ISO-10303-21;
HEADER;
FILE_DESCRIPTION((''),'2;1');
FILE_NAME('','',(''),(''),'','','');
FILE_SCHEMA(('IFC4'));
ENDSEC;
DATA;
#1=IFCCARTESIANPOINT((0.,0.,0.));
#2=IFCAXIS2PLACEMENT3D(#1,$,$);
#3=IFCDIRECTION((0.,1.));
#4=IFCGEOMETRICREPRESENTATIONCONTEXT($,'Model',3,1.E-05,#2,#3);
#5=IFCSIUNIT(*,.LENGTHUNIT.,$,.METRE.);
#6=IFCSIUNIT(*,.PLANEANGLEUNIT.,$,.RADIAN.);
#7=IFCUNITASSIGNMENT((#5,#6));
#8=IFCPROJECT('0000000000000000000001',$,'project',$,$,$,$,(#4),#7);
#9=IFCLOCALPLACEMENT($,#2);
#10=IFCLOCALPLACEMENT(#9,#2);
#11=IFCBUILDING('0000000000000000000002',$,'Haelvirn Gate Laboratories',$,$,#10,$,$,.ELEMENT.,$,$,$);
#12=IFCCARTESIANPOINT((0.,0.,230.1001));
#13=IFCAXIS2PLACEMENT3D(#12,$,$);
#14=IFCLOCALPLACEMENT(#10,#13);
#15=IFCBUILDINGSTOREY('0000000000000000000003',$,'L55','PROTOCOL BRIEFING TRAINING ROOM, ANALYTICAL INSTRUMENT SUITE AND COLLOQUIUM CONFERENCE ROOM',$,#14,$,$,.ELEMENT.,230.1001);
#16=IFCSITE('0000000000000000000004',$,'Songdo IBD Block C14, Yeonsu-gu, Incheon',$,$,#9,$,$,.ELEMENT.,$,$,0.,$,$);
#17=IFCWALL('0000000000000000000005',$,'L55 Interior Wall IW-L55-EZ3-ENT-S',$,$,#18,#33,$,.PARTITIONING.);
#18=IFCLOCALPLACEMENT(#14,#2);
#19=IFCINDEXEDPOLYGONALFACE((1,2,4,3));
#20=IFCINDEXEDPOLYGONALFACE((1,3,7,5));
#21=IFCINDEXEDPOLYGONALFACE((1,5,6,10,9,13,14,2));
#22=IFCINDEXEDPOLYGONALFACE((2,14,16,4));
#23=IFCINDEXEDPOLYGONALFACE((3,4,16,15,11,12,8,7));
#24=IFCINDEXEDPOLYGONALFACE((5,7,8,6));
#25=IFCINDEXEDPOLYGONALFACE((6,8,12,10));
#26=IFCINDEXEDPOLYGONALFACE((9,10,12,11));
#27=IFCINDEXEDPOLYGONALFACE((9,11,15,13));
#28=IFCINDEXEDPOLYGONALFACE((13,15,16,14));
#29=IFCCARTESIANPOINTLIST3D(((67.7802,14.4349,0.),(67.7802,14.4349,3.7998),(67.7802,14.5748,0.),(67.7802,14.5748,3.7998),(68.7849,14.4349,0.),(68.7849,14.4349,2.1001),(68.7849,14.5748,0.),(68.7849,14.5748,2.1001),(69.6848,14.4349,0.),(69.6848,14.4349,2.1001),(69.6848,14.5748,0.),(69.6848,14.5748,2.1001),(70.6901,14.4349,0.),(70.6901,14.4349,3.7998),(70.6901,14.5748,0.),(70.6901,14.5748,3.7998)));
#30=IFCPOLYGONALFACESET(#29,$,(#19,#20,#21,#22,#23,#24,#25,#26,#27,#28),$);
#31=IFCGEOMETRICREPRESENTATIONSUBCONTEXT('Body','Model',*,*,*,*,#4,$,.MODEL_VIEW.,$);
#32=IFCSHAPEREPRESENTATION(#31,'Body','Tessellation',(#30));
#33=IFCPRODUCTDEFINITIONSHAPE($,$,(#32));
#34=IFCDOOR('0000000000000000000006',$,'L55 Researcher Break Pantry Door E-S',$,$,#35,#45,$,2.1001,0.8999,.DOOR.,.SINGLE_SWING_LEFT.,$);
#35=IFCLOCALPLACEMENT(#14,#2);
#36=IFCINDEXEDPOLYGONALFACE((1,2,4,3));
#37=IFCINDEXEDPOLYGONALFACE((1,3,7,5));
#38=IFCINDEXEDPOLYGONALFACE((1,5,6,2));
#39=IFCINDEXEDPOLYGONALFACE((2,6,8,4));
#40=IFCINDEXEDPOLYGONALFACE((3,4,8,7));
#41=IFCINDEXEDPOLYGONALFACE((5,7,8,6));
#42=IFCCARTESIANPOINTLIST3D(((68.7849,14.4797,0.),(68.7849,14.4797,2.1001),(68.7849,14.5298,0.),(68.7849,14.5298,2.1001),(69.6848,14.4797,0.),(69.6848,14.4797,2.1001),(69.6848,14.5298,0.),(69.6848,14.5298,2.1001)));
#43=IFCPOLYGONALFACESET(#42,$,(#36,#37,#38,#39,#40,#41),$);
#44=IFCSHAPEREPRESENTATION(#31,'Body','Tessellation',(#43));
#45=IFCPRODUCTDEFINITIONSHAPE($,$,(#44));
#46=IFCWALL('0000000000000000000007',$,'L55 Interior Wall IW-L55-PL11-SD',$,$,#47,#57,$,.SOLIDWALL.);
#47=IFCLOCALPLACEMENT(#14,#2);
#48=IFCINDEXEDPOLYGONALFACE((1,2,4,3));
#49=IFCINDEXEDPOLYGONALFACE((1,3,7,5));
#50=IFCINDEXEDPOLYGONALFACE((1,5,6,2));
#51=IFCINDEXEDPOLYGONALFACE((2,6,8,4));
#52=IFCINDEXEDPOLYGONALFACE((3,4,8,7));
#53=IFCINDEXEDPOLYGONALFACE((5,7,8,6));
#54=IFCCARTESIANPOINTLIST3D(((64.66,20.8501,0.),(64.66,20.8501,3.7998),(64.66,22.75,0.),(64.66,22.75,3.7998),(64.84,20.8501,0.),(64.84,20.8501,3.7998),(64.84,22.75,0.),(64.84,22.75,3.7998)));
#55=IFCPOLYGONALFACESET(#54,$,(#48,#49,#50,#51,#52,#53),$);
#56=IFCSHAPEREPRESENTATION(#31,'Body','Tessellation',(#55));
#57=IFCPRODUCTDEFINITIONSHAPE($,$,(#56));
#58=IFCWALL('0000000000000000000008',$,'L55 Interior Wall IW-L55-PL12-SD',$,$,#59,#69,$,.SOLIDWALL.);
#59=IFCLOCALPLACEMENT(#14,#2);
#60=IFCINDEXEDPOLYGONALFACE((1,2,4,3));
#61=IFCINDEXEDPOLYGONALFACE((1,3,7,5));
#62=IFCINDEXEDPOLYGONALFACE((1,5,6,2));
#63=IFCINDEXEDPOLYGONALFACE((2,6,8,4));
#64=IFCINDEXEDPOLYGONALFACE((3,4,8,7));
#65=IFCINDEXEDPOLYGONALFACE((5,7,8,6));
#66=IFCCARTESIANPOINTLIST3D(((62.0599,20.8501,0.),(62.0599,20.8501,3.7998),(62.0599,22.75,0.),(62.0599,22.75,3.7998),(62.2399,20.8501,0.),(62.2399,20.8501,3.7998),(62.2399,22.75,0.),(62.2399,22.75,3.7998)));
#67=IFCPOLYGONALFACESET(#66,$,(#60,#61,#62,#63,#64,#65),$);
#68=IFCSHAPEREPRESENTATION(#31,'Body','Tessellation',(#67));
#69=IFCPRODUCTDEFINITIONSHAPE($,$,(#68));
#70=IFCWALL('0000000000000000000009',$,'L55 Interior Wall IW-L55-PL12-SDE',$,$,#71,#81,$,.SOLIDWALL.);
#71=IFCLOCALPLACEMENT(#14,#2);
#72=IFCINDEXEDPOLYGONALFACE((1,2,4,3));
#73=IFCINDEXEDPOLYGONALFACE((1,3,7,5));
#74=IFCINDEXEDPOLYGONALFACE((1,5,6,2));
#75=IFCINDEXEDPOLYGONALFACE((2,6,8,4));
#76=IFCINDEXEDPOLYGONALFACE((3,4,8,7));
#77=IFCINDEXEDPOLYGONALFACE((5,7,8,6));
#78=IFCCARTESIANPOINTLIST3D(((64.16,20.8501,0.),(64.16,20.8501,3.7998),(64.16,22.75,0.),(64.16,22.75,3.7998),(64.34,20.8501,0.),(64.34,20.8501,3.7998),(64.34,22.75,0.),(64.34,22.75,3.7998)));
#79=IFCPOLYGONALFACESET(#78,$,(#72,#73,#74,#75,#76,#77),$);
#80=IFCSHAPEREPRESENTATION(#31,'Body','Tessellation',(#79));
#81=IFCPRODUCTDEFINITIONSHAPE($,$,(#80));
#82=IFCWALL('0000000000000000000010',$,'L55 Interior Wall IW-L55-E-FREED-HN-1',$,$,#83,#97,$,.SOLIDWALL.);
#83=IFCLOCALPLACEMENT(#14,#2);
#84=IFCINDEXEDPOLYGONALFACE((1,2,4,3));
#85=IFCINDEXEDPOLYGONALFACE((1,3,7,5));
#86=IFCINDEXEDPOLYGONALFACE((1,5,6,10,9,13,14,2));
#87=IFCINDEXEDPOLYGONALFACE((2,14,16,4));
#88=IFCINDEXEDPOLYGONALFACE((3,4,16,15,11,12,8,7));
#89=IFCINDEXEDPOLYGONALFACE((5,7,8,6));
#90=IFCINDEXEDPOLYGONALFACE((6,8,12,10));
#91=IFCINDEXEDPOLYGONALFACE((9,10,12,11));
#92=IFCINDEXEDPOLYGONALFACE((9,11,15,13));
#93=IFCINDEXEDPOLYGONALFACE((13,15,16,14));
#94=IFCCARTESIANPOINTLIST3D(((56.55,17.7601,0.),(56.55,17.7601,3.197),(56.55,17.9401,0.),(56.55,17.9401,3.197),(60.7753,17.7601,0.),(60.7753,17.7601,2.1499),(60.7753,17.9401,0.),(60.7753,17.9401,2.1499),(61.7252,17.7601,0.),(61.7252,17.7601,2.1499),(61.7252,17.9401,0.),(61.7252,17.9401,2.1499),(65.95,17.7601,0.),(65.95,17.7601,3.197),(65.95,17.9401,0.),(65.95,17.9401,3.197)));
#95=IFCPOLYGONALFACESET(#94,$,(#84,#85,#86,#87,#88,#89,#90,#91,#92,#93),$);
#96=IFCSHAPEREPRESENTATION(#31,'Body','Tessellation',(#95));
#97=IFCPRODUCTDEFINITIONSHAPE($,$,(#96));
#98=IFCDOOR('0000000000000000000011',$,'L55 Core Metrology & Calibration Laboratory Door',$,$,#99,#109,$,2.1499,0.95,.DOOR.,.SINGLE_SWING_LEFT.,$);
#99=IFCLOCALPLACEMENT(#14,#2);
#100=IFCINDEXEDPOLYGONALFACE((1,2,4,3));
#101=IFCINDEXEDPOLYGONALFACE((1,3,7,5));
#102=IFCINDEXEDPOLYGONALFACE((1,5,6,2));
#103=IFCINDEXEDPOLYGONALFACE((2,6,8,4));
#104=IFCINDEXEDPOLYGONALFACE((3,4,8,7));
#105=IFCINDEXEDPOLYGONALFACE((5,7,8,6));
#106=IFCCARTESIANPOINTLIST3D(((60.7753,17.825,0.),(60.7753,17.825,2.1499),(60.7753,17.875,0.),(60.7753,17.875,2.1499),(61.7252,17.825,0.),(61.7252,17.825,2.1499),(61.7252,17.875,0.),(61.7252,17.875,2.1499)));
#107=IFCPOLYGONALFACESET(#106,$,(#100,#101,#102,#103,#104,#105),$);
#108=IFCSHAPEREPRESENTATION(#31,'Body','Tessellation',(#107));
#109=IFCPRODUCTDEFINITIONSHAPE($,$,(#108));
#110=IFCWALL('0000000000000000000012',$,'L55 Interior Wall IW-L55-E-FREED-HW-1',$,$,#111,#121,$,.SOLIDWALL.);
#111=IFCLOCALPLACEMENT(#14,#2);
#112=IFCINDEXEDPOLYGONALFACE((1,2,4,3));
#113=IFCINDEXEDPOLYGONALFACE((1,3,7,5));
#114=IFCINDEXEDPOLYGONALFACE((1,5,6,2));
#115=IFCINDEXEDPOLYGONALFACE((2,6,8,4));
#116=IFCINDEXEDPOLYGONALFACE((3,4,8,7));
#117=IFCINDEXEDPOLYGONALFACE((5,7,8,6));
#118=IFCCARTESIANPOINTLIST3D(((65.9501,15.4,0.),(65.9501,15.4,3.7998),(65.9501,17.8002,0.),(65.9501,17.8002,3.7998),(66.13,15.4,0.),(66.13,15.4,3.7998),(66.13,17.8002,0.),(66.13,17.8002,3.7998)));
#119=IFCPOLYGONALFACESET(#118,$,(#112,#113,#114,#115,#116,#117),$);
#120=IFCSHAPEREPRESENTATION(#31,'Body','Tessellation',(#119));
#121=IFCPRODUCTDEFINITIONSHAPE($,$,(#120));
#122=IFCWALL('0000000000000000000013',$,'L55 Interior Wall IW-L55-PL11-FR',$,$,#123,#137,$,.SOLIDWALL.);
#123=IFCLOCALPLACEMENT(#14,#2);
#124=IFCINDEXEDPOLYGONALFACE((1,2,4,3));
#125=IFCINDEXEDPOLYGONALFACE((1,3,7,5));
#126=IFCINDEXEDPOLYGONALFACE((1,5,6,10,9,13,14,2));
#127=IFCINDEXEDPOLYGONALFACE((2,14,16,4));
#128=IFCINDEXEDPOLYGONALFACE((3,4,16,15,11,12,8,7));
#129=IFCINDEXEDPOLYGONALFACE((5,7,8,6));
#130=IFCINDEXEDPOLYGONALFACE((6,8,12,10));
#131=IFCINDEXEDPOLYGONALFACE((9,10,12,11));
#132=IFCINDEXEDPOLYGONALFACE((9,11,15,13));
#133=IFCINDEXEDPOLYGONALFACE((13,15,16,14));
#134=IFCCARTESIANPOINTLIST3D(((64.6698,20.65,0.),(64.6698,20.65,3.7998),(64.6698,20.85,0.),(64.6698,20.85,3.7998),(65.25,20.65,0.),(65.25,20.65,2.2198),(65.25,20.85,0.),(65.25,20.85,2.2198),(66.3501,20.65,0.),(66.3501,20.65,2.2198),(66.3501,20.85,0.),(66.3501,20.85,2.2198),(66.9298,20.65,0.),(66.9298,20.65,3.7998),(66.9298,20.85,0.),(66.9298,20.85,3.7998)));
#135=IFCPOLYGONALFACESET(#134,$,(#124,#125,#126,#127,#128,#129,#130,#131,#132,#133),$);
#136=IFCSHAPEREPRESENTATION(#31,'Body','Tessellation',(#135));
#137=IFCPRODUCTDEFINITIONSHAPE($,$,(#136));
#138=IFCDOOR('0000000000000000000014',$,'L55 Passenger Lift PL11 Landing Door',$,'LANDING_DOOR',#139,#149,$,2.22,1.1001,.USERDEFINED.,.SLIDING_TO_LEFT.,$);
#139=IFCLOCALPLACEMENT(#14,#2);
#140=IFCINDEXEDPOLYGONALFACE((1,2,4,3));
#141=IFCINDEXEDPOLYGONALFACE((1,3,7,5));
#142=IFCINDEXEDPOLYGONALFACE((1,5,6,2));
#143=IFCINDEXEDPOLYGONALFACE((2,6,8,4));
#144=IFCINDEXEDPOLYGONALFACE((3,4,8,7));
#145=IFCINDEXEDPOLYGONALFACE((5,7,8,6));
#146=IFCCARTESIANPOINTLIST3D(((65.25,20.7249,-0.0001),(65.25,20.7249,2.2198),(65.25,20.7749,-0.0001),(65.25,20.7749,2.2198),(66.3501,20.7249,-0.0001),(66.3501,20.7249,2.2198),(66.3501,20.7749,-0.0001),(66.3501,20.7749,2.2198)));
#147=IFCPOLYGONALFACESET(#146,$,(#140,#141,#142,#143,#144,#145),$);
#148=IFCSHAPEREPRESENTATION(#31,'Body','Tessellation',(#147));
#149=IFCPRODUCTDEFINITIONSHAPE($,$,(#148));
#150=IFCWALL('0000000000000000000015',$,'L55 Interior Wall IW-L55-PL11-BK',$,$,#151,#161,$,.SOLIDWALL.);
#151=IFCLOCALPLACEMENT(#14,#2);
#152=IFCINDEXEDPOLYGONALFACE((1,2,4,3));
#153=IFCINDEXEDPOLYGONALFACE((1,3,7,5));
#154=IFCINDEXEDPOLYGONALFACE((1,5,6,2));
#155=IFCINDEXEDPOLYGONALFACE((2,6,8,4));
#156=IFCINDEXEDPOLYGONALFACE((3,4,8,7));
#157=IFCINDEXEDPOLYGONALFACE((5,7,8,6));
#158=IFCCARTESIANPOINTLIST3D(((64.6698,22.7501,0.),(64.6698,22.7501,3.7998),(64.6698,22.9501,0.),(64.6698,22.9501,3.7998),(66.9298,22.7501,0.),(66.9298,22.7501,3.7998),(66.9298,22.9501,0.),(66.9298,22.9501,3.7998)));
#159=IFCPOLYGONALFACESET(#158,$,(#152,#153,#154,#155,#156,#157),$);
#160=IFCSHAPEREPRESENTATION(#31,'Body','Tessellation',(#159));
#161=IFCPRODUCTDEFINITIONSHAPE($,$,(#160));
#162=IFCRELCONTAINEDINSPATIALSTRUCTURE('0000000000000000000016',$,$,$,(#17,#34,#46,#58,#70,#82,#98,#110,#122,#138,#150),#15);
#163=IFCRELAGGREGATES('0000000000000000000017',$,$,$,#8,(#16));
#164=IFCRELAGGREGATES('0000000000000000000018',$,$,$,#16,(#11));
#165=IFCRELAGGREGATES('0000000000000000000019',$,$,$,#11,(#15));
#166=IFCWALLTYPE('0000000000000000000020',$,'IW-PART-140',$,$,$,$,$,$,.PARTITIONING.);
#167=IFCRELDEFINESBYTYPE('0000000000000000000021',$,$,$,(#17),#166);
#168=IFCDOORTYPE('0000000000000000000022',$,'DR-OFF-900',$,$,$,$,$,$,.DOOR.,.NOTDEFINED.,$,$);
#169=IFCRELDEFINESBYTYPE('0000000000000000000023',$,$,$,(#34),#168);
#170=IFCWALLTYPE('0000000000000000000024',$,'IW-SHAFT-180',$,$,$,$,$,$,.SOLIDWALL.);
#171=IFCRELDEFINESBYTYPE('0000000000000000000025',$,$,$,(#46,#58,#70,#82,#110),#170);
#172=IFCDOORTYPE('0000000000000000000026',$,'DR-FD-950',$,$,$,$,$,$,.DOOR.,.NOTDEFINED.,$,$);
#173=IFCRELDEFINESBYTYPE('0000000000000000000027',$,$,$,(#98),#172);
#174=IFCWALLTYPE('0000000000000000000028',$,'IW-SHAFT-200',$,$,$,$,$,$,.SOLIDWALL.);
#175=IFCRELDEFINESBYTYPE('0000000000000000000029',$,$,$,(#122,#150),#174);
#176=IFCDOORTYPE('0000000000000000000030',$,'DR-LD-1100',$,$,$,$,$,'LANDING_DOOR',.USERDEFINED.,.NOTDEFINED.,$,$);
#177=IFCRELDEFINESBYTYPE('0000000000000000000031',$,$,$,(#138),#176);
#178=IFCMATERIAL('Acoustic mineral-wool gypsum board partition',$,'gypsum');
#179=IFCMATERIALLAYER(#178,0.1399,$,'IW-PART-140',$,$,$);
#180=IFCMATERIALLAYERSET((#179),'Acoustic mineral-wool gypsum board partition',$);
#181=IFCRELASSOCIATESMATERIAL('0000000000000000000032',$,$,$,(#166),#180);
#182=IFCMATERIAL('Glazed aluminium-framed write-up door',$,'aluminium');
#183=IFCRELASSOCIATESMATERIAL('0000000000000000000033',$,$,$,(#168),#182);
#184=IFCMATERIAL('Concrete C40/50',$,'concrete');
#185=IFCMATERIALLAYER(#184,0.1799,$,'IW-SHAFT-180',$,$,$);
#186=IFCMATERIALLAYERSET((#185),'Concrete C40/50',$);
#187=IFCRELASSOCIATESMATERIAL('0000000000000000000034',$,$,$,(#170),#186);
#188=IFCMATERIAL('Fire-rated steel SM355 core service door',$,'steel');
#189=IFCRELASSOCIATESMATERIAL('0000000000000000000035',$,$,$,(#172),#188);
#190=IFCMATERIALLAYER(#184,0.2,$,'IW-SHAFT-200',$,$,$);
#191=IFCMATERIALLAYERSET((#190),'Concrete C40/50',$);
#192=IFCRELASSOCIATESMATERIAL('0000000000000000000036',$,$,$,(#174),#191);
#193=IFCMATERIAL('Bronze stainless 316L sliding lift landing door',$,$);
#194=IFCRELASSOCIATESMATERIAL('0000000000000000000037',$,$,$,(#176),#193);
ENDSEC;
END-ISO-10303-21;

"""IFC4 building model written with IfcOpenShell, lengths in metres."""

from ifc_helpers import new_model, si_unit, direction, frame, frame_2d, origin, place, context, subcontext, project, spatial, rectangle, extrude, source, transform, mapped, material, layer, layer_set, type_object, type_shapes, element, fill, save


model = new_model("IFC4")

# Units and contexts
model_context = context("Model", 3, precision=1e-05, world=origin(), true_north=direction((0.0, 1.0)))
body_context = subcontext(model_context, "Body", "Model", "MODEL_VIEW")
ifc_project = project(units=[si_unit("LENGTHUNIT", "METRE"), si_unit("PLANEANGLEUNIT", "RADIAN")], contexts=[model_context])

# Site, building, storey
site_placement = place(None, origin())
site = spatial("IfcSite", under=ifc_project, at=site_placement, Name="Songdo IBD Block C14, Yeonsu-gu, Incheon", CompositionType="ELEMENT", RefElevation=0.0)
building_placement = place(site_placement, origin())
building = spatial("IfcBuilding", under=site, at=building_placement, Name="Haelvirn Gate Laboratories", CompositionType="ELEMENT")
storey_placement = place(building_placement, frame((0.0, 0.0, 230.1001)))
storey = spatial("IfcBuildingStorey", under=building, at=storey_placement, Name="L55", Description="PROTOCOL BRIEFING TRAINING ROOM, ANALYTICAL INSTRUMENT SUITE AND COLLOQUIUM CONFERENCE ROOM", CompositionType="ELEMENT", Elevation=230.1001)

# Wall, opening, door
ifc_material_1 = material(Name="Acoustic mineral-wool gypsum board partition", Category="gypsum")
ifc_layer_1 = layer(ifc_material_1, 0.1399, Name="IW-PART-140")
ifc_layer_set_1 = layer_set([ifc_layer_1], Name="Acoustic mineral-wool gypsum board partition")
wall_type_1 = type_object("IfcWallType", Name="IW-PART-140", PredefinedType="PARTITIONING", material=ifc_layer_set_1)
wall_1_placement = place(storey_placement, frame((67.78, 14.5049, 0.0), z_axis=(0.0, 0.0, 1.0), x_axis=(1.0, 0.0, 0.0)))
wall_1 = element("IfcWall", 1, at=wall_1_placement, inside=storey, type_object=wall_type_1, Name="L55 Interior Wall IW-L55-EZ3-ENT-S", PredefinedType="PARTITIONING", context=body_context, shape_type="SweptSolid", body=[
    extrude(rectangle(XDim=2.9099, YDim=0.1399, at=frame_2d((1.4551, 0.0))), origin(), (0.0, 0.0, 1.0), 3.7998),
])
opening_1_placement = place(wall_1_placement, frame((1.0049, 0.0, 0.0)))
opening_1 = element("IfcOpeningElement", 2, at=opening_1_placement, cuts=wall_1, PredefinedType="OPENING", context=body_context, shape_type="SweptSolid", body=[
    extrude(rectangle(XDim=0.8999, YDim=2.1001, at=frame_2d((0.45, 1.05))), frame((0.0, 0.0801, 0.0), z_axis=(0.0, -1.0, 0.0), x_axis=(1.0, 0.0, 0.0)), (0.0, 0.0, 1.0), 0.1599),
])
ifc_material_2 = material(Name="Glazed aluminium-framed write-up door", Category="aluminium")
door_type_1 = type_object("IfcDoorType", Name="DR-OFF-900", OperationType="NOTDEFINED", PredefinedType="DOOR", material=ifc_material_2)
shared_shape_1 = source(origin(), body_context, "Body", "SweptSolid", [
    extrude(rectangle(XDim=0.8999, YDim=2.1001, at=frame_2d((0.45, 1.05))), frame((0.0, 0.0249, 0.0), z_axis=(0.0, -1.0, 0.0), x_axis=(1.0, 0.0, 0.0)), (0.0, 0.0, 1.0), 0.05),
])
type_shapes(door_type_1, [shared_shape_1])
door_1_placement = place(opening_1_placement, origin())
door_1 = element("IfcDoor", 3, at=door_1_placement, inside=storey, type_object=door_type_1, Name="L55 Researcher Break Pantry Door E-S", OperationType="SINGLE_SWING_LEFT", OverallHeight=2.1001, OverallWidth=0.8999, PredefinedType="DOOR", context=body_context, shape_type="MappedRepresentation", body=[
    mapped(shared_shape_1, transform((0.0, 0.0, 0.0), scale=1.0)),
])
fill(opening_1, door_1)

# Walls
ifc_material_3 = material(Name="Concrete C40/50", Category="concrete")
ifc_layer_2 = layer(ifc_material_3, 0.1799, Name="IW-SHAFT-180")
ifc_layer_set_2 = layer_set([ifc_layer_2], Name="Concrete C40/50")
wall_type_2 = type_object("IfcWallType", Name="IW-SHAFT-180", PredefinedType="SOLIDWALL", material=ifc_layer_set_2)
for number, where, z_axis, x_axis, name in (
    (4, (64.75, 20.8501, 0.0), (0.0, 0.0, 1.0), (0.0, 1.0, 0.0), "L55 Interior Wall IW-L55-PL11-SD"),
    (5, (62.1499, 20.8501, 0.0), (0.0, 0.0, 1.0), (0.0, 1.0, 0.0), "L55 Interior Wall IW-L55-PL12-SD"),
    (6, (64.25, 20.8501, 0.0), (0.0, 0.0, 1.0), (0.0, 1.0, 0.0), "L55 Interior Wall IW-L55-PL12-SDE"),
):
    element("IfcWall", number, at=place(storey_placement, frame(where, z_axis=z_axis, x_axis=x_axis)), inside=storey, type_object=wall_type_2, Name=name, PredefinedType="SOLIDWALL", context=body_context, shape_type="SweptSolid", body=[
        extrude(rectangle(XDim=1.8999, YDim=0.1799, at=frame_2d((0.95, 0.0))), origin(), (0.0, 0.0, 1.0), 3.7998),
    ])

# Wall, opening, door
wall_2_placement = place(storey_placement, frame((56.55, 17.8501, 0.0), z_axis=(0.0, 0.0, 1.0), x_axis=(1.0, 0.0, 0.0)))
wall_2 = element("IfcWall", 7, at=wall_2_placement, inside=storey, type_object=wall_type_2, Name="L55 Interior Wall IW-L55-E-FREED-HN-1", PredefinedType="SOLIDWALL", context=body_context, shape_type="SweptSolid", body=[
    extrude(rectangle(XDim=9.3999, YDim=0.1799, at=frame_2d((4.7, 0.0))), origin(), (0.0, 0.0, 1.0), 3.197),
])
opening_2_placement = place(wall_2_placement, frame((4.2251, 0.0, 0.0)))
opening_2 = element("IfcOpeningElement", 8, at=opening_2_placement, cuts=wall_2, PredefinedType="OPENING", context=body_context, shape_type="SweptSolid", body=[
    extrude(rectangle(XDim=0.95, YDim=2.1499, at=frame_2d((0.4751, 1.075))), frame((0.0, 0.1001, 0.0), z_axis=(0.0, -1.0, 0.0), x_axis=(1.0, 0.0, 0.0)), (0.0, 0.0, 1.0), 0.2),
])
ifc_material_4 = material(Name="Fire-rated steel SM355 core service door", Category="steel")
door_type_2 = type_object("IfcDoorType", Name="DR-FD-950", OperationType="NOTDEFINED", PredefinedType="DOOR", material=ifc_material_4)
shared_shape_2 = source(origin(), body_context, "Body", "SweptSolid", [
    extrude(rectangle(XDim=0.95, YDim=2.1499, at=frame_2d((0.4751, 1.075))), frame((0.0, 0.0249, 0.0), z_axis=(0.0, -1.0, 0.0), x_axis=(1.0, 0.0, 0.0)), (0.0, 0.0, 1.0), 0.05),
])
type_shapes(door_type_2, [shared_shape_2])
door_2_placement = place(opening_2_placement, origin())
door_2 = element("IfcDoor", 9, at=door_2_placement, inside=storey, type_object=door_type_2, Name="L55 Core Metrology & Calibration Laboratory Door", OperationType="SINGLE_SWING_LEFT", OverallHeight=2.1499, OverallWidth=0.95, PredefinedType="DOOR", context=body_context, shape_type="MappedRepresentation", body=[
    mapped(shared_shape_2, transform((0.0, 0.0, 0.0), scale=1.0)),
])
fill(opening_2, door_2)

# Wall
wall_3_placement = place(storey_placement, frame((66.04, 15.3999, 0.0), z_axis=(0.0, 0.0, 1.0), x_axis=(0.0, 1.0, 0.0)))
element("IfcWall", 10, at=wall_3_placement, inside=storey, type_object=wall_type_2, Name="L55 Interior Wall IW-L55-E-FREED-HW-1", PredefinedType="SOLIDWALL", context=body_context, shape_type="SweptSolid", body=[
    extrude(rectangle(XDim=2.4001, YDim=0.1799, at=frame_2d((1.2002, 0.0))), origin(), (0.0, 0.0, 1.0), 3.7998),
])

# Wall, opening, door
ifc_layer_3 = layer(ifc_material_3, 0.2, Name="IW-SHAFT-200")
ifc_layer_set_3 = layer_set([ifc_layer_3], Name="Concrete C40/50")
wall_type_3 = type_object("IfcWallType", Name="IW-SHAFT-200", PredefinedType="SOLIDWALL", material=ifc_layer_set_3)
wall_4_placement = place(storey_placement, frame((64.6699, 20.75, 0.0), z_axis=(0.0, 0.0, 1.0), x_axis=(1.0, 0.0, 0.0)))
wall_4 = element("IfcWall", 11, at=wall_4_placement, inside=storey, type_object=wall_type_3, Name="L55 Interior Wall IW-L55-PL11-FR", PredefinedType="SOLIDWALL", context=body_context, shape_type="SweptSolid", body=[
    extrude(rectangle(XDim=2.26, YDim=0.2, at=frame_2d((1.1299, 0.0))), origin(), (0.0, 0.0, 1.0), 3.7998),
])
opening_3_placement = place(wall_4_placement, frame((0.5801, 0.0, 0.0)))
opening_3 = element("IfcOpeningElement", 12, at=opening_3_placement, cuts=wall_4, PredefinedType="OPENING", context=body_context, shape_type="SweptSolid", body=[
    extrude(rectangle(XDim=1.1001, YDim=2.22, at=frame_2d((0.55, 1.1099))), frame((0.0, 0.1099, 0.0), z_axis=(0.0, -1.0, 0.0), x_axis=(1.0, 0.0, 0.0)), (0.0, 0.0, 1.0), 0.22),
])
ifc_material_5 = material(Name="Bronze stainless 316L sliding lift landing door")
door_type_3 = type_object("IfcDoorType", Name="DR-LD-1100", ElementType="LANDING_DOOR", OperationType="NOTDEFINED", PredefinedType="USERDEFINED", material=ifc_material_5)
shared_shape_3 = source(origin(), body_context, "Body", "SweptSolid", [
    extrude(rectangle(XDim=1.1001, YDim=2.22, at=frame_2d((0.55, 1.1099))), frame((0.0, 0.0249, 0.0), z_axis=(0.0, -1.0, 0.0), x_axis=(1.0, 0.0, 0.0)), (0.0, 0.0, 1.0), 0.05),
])
type_shapes(door_type_3, [shared_shape_3])
door_3_placement = place(opening_3_placement, origin())
door_3 = element("IfcDoor", 13, at=door_3_placement, inside=storey, type_object=door_type_3, Name="L55 Passenger Lift PL11 Landing Door", ObjectType="LANDING_DOOR", OperationType="SLIDING_TO_LEFT", OverallHeight=2.22, OverallWidth=1.1001, PredefinedType="USERDEFINED", context=body_context, shape_type="MappedRepresentation", body=[
    mapped(shared_shape_3, transform((0.0, 0.0, 0.0), scale=1.0)),
])
fill(opening_3, door_3)

# Wall
wall_5_placement = place(storey_placement, frame((64.6699, 22.8501, 0.0), z_axis=(0.0, 0.0, 1.0), x_axis=(1.0, 0.0, 0.0)))
element("IfcWall", 14, at=wall_5_placement, inside=storey, type_object=wall_type_3, Name="L55 Interior Wall IW-L55-PL11-BK", PredefinedType="SOLIDWALL", context=body_context, shape_type="SweptSolid", body=[
    extrude(rectangle(XDim=2.26, YDim=0.2, at=frame_2d((1.1299, 0.0))), origin(), (0.0, 0.0, 1.0), 3.7998),
])

save(model, "model.ifc")
